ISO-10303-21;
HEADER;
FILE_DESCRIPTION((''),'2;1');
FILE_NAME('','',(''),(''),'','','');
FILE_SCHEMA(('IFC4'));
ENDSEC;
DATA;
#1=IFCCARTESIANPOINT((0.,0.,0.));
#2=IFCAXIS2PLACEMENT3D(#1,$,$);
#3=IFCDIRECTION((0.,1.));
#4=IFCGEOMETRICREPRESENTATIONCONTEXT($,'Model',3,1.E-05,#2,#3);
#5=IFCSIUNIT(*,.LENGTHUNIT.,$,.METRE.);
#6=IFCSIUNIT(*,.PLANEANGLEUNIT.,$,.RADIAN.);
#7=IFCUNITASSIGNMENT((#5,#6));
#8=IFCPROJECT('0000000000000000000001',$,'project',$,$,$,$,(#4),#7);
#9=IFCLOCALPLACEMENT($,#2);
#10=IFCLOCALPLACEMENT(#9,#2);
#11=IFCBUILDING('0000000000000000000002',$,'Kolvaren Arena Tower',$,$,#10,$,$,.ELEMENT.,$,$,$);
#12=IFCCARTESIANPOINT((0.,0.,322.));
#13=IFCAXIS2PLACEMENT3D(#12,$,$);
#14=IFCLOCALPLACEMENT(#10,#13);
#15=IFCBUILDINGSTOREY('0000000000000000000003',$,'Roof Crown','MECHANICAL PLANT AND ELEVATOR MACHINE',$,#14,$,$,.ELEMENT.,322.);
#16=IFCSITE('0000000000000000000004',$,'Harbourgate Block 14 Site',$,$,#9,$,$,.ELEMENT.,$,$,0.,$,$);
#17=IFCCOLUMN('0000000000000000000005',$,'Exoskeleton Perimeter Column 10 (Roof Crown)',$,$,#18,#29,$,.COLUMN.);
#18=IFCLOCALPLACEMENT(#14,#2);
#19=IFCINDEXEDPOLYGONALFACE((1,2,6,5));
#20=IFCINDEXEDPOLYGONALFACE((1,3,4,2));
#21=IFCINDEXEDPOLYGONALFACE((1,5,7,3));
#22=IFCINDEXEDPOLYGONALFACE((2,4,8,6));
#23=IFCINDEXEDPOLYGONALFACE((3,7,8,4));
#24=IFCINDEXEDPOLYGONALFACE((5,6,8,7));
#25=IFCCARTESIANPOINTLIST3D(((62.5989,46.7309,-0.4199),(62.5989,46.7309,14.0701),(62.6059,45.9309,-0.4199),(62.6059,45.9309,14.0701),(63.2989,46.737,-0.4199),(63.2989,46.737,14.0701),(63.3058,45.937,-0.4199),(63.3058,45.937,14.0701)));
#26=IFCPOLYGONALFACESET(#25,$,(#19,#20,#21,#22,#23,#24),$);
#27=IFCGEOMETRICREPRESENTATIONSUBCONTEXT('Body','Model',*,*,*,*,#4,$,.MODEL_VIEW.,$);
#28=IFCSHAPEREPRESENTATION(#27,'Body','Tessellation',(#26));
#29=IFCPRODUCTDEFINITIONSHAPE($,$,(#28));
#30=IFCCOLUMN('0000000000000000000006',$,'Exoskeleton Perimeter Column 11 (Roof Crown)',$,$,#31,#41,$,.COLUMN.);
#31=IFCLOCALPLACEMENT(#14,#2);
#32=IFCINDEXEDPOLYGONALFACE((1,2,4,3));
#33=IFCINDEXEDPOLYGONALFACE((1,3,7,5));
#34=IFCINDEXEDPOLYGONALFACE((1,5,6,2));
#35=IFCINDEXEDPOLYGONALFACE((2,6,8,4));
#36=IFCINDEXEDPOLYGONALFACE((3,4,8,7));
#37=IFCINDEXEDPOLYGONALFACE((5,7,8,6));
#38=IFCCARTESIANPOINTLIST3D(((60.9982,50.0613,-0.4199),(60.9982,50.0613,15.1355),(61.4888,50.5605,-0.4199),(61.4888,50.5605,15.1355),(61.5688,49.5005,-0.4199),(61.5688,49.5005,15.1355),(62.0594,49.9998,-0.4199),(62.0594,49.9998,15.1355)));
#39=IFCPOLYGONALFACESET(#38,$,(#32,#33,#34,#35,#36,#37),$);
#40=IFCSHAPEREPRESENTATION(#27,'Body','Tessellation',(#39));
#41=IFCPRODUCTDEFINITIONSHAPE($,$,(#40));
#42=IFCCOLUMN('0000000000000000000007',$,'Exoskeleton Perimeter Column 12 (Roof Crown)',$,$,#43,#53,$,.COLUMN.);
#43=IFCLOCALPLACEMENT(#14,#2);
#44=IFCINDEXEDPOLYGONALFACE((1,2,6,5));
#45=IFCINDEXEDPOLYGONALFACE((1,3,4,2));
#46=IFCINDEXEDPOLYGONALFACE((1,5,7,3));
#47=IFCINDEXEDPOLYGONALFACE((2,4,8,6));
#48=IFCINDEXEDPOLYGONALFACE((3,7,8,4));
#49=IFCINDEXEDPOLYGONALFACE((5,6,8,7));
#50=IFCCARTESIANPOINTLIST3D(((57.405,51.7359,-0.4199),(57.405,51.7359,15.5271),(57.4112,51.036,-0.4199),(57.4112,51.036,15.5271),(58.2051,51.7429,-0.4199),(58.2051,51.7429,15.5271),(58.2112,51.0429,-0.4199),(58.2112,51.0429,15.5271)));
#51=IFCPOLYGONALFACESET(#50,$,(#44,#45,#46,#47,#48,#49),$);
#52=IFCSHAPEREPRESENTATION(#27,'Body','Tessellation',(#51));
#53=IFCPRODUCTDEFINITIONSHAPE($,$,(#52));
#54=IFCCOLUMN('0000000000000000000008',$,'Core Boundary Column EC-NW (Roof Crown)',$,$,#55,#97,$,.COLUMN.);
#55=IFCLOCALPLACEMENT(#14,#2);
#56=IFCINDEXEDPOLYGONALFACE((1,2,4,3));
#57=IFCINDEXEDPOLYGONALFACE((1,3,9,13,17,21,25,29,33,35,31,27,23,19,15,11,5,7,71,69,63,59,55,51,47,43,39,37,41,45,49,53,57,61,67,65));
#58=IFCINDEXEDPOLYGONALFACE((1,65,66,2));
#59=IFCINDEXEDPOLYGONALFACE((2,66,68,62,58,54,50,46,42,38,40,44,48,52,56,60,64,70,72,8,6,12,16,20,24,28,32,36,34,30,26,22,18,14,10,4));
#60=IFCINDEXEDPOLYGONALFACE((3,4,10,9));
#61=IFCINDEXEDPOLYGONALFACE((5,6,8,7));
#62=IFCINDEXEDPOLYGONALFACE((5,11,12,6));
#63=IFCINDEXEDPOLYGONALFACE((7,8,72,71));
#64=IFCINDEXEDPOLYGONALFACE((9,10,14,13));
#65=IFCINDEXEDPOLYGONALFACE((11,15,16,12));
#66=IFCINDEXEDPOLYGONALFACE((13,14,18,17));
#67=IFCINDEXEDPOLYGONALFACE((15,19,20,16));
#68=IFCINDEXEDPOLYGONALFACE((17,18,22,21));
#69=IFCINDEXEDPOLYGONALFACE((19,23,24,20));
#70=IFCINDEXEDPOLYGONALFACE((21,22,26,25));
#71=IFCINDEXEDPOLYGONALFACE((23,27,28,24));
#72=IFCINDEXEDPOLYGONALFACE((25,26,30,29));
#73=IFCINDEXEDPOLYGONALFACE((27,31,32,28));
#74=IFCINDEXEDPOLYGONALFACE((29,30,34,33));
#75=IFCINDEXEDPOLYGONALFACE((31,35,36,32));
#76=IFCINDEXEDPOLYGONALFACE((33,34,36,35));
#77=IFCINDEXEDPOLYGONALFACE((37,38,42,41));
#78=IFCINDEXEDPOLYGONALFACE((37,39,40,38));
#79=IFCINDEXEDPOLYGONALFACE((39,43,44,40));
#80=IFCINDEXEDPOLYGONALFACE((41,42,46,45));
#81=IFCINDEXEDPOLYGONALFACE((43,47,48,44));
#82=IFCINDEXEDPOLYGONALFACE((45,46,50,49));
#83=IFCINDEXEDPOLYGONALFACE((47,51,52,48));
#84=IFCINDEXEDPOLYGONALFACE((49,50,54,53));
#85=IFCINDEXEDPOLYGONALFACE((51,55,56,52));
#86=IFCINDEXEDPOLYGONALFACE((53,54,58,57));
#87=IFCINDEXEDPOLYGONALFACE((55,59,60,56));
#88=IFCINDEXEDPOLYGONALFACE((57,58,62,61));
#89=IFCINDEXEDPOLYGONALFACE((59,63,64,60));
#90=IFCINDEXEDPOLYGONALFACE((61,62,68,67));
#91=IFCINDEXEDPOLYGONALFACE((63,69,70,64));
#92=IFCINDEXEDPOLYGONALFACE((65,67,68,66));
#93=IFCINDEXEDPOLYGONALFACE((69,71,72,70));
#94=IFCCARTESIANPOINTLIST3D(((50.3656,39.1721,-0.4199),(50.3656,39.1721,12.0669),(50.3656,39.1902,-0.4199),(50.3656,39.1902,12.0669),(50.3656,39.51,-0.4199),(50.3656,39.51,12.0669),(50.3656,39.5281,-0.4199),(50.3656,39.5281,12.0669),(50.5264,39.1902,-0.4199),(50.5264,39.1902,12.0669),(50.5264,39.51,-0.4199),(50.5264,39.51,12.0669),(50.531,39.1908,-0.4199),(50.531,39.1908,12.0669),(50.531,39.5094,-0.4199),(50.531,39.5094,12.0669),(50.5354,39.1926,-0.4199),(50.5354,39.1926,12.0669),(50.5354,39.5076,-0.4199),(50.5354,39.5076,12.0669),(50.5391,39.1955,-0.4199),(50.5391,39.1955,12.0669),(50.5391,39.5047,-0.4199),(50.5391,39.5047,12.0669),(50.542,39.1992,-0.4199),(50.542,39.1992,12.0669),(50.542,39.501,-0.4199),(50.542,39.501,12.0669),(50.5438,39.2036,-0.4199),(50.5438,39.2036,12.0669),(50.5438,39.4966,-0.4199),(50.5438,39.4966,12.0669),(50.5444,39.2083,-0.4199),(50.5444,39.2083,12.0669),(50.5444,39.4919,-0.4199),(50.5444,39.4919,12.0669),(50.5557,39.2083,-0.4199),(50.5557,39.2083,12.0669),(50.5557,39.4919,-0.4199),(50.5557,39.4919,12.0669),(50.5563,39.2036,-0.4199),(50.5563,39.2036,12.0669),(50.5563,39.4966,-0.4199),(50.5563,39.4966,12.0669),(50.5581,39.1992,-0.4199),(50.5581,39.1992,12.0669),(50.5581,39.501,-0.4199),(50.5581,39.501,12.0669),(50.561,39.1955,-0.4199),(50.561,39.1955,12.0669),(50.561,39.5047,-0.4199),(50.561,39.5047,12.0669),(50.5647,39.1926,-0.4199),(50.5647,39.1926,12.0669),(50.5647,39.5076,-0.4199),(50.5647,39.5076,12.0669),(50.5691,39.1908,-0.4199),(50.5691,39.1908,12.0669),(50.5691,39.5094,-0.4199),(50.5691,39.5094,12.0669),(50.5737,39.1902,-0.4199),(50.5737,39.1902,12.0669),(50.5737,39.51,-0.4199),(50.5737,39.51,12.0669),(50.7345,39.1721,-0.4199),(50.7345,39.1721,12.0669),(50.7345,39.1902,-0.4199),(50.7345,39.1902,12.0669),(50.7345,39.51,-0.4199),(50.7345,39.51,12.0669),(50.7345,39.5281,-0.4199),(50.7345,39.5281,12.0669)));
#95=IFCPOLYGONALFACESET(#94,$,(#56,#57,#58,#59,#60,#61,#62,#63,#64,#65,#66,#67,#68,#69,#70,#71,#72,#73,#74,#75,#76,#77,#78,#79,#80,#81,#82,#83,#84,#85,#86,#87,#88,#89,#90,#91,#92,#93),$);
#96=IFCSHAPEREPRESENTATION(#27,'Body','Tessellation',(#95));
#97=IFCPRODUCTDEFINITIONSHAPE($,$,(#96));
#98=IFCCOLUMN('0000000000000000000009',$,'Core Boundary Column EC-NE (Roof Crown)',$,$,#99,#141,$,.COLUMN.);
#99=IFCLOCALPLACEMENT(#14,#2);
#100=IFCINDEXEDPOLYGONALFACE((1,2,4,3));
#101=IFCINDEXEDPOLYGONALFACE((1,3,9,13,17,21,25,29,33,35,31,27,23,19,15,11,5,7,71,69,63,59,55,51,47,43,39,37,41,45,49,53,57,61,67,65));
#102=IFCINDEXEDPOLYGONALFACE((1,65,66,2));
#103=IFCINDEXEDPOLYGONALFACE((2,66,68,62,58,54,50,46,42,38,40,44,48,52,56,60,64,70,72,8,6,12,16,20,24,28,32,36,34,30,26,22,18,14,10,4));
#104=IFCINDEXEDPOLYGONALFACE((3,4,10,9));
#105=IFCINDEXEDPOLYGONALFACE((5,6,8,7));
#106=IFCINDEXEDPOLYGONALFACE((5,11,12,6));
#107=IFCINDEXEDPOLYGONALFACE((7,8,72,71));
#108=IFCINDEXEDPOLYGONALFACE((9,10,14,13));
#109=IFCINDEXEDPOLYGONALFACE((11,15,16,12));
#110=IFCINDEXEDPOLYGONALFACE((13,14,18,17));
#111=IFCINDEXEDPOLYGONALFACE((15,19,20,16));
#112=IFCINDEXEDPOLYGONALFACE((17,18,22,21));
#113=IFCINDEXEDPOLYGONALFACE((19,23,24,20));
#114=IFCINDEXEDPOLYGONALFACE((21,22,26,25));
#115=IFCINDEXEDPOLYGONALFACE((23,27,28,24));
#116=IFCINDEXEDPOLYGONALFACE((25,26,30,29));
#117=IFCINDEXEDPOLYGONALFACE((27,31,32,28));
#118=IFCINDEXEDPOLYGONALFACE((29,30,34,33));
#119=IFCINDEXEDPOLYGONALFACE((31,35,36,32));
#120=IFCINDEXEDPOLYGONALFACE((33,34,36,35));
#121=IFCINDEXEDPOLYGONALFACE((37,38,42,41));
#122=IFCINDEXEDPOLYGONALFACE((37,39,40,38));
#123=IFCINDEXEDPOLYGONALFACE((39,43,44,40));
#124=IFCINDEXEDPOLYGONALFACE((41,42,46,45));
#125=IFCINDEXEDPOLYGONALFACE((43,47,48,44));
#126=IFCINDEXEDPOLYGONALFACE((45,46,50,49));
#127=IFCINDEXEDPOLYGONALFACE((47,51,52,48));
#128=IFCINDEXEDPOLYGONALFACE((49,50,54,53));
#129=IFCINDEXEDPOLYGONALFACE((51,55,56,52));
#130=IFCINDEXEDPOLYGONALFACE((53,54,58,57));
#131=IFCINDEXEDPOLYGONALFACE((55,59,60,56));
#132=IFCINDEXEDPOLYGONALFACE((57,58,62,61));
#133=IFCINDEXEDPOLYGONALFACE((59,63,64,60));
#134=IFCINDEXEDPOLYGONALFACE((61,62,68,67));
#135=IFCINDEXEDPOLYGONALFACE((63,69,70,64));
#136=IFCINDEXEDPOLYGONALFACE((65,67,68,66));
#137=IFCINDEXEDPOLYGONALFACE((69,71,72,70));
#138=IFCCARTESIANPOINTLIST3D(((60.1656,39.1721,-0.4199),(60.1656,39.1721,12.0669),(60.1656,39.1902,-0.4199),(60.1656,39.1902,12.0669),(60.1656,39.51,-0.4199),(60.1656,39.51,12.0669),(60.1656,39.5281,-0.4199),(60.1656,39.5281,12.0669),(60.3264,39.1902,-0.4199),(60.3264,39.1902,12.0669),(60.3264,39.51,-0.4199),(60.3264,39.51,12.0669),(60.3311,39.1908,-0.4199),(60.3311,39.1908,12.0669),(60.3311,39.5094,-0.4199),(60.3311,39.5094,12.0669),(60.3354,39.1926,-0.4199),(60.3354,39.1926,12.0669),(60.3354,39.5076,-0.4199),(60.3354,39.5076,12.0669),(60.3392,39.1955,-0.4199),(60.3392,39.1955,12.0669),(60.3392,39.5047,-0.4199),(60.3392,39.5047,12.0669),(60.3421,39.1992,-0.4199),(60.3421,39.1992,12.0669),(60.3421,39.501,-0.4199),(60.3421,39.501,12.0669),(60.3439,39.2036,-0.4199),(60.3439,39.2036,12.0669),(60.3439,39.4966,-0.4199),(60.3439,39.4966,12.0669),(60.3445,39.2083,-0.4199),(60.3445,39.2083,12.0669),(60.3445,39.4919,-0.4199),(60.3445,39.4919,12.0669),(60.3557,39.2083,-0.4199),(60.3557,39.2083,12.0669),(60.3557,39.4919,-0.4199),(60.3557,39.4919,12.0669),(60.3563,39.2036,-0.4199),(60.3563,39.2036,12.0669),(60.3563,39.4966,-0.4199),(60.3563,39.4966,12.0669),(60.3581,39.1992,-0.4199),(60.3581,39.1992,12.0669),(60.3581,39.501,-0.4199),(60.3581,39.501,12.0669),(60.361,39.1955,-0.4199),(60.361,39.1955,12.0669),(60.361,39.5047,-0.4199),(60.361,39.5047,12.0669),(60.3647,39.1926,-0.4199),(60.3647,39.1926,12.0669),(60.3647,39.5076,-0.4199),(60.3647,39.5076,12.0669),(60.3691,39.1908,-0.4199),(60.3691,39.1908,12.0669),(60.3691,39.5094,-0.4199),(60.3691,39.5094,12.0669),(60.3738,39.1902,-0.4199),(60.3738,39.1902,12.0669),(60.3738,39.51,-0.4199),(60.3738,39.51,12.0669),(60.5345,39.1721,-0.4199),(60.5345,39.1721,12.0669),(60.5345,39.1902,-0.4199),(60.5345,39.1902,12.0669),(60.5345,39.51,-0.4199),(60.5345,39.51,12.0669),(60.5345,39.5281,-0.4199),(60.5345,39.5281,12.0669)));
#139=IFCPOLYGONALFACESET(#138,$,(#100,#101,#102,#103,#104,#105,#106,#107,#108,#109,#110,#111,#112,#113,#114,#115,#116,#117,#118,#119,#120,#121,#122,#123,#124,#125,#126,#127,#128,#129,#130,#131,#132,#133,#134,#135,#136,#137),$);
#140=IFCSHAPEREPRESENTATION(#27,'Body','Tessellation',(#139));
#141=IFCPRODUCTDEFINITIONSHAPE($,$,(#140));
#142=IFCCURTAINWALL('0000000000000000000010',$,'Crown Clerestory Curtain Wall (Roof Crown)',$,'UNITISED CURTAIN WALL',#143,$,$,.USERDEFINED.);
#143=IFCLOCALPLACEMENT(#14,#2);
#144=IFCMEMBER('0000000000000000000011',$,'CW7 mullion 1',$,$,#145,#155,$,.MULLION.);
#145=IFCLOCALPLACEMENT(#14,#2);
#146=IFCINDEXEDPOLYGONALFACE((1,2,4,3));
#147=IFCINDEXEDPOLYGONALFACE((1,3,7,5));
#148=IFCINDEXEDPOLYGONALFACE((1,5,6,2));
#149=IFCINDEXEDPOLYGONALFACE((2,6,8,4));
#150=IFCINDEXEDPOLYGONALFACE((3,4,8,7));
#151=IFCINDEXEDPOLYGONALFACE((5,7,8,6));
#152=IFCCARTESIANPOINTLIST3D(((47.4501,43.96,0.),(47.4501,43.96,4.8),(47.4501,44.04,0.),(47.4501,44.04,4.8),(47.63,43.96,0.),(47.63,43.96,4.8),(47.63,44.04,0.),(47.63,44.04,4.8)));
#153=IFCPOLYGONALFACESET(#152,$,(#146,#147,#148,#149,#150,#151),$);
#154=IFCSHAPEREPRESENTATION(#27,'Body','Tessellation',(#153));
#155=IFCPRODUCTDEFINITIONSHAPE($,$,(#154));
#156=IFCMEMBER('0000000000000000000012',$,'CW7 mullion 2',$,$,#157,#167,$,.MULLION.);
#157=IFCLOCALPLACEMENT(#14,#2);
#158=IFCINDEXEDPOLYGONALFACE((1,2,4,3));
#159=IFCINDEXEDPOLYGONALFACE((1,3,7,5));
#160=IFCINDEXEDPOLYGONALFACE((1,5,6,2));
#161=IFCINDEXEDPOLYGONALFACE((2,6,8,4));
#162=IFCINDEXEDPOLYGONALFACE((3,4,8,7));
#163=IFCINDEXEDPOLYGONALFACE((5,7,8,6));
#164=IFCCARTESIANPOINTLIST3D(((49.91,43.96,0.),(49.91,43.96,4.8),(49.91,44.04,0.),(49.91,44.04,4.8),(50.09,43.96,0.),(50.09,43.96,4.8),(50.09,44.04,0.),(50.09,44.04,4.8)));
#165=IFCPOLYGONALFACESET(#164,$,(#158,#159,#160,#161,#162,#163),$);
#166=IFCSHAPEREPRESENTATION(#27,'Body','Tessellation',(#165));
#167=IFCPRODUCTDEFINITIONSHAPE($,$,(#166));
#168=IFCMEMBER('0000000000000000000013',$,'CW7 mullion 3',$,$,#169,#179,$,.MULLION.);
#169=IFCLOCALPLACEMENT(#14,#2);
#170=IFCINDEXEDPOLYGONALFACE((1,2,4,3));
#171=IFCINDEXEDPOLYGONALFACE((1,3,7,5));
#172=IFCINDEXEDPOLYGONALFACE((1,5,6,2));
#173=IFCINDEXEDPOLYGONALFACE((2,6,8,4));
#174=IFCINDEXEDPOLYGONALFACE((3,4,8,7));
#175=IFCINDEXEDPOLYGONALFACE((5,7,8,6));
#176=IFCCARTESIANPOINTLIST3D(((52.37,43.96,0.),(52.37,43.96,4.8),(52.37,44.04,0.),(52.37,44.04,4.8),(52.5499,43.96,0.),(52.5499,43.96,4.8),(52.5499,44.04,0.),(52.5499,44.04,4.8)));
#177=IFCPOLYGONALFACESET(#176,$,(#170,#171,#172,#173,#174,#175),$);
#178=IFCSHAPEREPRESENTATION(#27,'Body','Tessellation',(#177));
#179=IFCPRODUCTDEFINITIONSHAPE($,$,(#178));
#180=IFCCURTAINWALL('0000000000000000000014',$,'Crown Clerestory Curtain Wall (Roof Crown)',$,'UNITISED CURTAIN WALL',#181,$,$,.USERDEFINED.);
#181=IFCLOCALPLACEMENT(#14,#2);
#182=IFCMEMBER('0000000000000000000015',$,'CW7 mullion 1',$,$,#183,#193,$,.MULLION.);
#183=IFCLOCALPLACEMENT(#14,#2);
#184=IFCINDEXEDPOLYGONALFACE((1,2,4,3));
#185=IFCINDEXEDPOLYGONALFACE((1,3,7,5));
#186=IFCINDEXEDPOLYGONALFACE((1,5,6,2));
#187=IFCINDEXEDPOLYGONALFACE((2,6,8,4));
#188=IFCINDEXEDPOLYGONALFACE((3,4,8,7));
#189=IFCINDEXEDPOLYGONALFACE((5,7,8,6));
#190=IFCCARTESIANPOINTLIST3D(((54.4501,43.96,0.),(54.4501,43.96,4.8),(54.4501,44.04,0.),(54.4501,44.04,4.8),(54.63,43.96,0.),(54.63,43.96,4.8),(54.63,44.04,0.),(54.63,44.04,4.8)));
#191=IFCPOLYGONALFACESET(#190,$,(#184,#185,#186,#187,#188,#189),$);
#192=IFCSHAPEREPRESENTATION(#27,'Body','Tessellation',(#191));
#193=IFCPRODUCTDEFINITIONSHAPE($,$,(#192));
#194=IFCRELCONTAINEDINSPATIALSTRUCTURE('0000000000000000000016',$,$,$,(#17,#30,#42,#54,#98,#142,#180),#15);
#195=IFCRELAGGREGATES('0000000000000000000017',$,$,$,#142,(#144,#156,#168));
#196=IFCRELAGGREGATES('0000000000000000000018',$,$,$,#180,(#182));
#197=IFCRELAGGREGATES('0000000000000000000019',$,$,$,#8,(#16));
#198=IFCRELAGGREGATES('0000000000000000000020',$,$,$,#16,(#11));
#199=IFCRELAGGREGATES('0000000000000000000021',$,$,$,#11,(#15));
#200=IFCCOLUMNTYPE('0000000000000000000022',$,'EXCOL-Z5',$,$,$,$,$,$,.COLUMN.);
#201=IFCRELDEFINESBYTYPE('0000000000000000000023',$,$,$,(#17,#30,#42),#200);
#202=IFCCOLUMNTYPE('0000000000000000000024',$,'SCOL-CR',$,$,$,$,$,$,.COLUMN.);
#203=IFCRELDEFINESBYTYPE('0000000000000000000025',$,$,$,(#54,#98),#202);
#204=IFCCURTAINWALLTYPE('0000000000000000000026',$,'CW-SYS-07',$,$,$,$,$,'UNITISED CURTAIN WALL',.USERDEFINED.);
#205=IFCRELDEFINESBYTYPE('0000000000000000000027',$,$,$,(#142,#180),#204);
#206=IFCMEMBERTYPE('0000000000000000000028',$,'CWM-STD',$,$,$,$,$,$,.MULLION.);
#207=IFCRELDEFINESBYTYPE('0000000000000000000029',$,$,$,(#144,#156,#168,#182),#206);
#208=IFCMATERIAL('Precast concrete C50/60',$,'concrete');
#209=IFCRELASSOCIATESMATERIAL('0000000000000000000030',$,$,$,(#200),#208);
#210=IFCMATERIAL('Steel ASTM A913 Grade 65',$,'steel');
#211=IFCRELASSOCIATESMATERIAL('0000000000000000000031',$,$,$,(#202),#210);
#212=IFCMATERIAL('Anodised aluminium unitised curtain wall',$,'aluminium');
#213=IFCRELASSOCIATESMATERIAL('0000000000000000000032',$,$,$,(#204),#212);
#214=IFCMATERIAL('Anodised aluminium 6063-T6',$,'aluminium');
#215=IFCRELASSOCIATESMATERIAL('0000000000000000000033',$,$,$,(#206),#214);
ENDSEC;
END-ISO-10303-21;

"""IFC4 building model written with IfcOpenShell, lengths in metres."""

from ifc_helpers import new_model, si_unit, direction, frame, origin, origin_2d, place, context, subcontext, project, spatial, rectangle, i_section, extrude, material, material_profile, profile_set, type_object, element, aggregate, save


model = new_model("IFC4")

# Units and contexts
model_context = context("Model", 3, precision=1e-05, world=origin(), true_north=direction((0.0, 1.0)))
body_context = subcontext(model_context, "Body", "Model", "MODEL_VIEW")
ifc_project = project(units=[si_unit("LENGTHUNIT", "METRE"), si_unit("PLANEANGLEUNIT", "RADIAN")], contexts=[model_context])

# Site, building, storey
site_placement = place(None, origin())
site = spatial("IfcSite", under=ifc_project, at=site_placement, Name="Harbourgate Block 14 Site", CompositionType="ELEMENT", RefElevation=0.0)
building_placement = place(site_placement, origin())
building = spatial("IfcBuilding", under=site, at=building_placement, Name="Kolvaren Arena Tower", CompositionType="ELEMENT")
storey_placement = place(building_placement, frame((0.0, 0.0, 322.0)))
storey = spatial("IfcBuildingStorey", under=building, at=storey_placement, Name="Roof Crown", Description="MECHANICAL PLANT AND ELEVATOR MACHINE", CompositionType="ELEMENT", Elevation=322.0)

# Columns
ifc_material_1 = material(Name="Precast concrete C50/60", Category="concrete")
ifc_material_profile_1 = material_profile(ifc_material_1, rectangle(XDim=0.8, YDim=0.7, at=origin_2d()), Name="RC-800x700")
ifc_profile_set_1 = profile_set([ifc_material_profile_1], Name="Precast concrete C50/60")
column_type_1 = type_object("IfcColumnType", Name="EXCOL-Z5", PredefinedType="COLUMN", material=ifc_profile_set_1)
column_1_placement = place(storey_placement, frame((62.9524, 46.334, -0.4199), z_axis=(0.0, 0.0, 1.0), x_axis=(-0.008727, 0.999962, 0.0)))
element("IfcColumn", 1, at=column_1_placement, inside=storey, type_object=column_type_1, Name="Exoskeleton Perimeter Column 10 (Roof Crown)", PredefinedType="COLUMN", context=body_context, shape_type="SweptSolid", body=[
    extrude(rectangle(XDim=0.8, YDim=0.7, at=origin_2d()), origin(), (0.0, 0.0, 1.0), 14.49),
])
column_2_placement = place(storey_placement, frame((61.5288, 50.0305, -0.4199), z_axis=(0.0, 0.0, 1.0), x_axis=(-0.71325, 0.700909, 0.0)))
element("IfcColumn", 2, at=column_2_placement, inside=storey, type_object=column_type_1, Name="Exoskeleton Perimeter Column 11 (Roof Crown)", PredefinedType="COLUMN", context=body_context, shape_type="SweptSolid", body=[
    extrude(rectangle(XDim=0.8, YDim=0.7, at=origin_2d()), origin(), (0.0, 0.0, 1.0), 15.5554),
])
column_3_placement = place(storey_placement, frame((57.8081, 51.3894, -0.4199), z_axis=(0.0, 0.0, 1.0), x_axis=(0.999962, 0.008727, 0.0)))
element("IfcColumn", 3, at=column_3_placement, inside=storey, type_object=column_type_1, Name="Exoskeleton Perimeter Column 12 (Roof Crown)", PredefinedType="COLUMN", context=body_context, shape_type="SweptSolid", body=[
    extrude(rectangle(XDim=0.8, YDim=0.7, at=origin_2d()), origin(), (0.0, 0.0, 1.0), 15.947),
])
ifc_material_2 = material(Name="Steel ASTM A913 Grade 65", Category="steel")
ifc_material_profile_2 = material_profile(ifc_material_2, i_section(OverallWidth=0.3689, OverallDepth=0.356, WebThickness=0.0112, FlangeThickness=0.0181, FilletRadius=0.0181, at=origin_2d()), Name="W360x134")
ifc_profile_set_2 = profile_set([ifc_material_profile_2], Name="Steel ASTM A913 Grade 65")
column_type_2 = type_object("IfcColumnType", Name="SCOL-CR", PredefinedType="COLUMN", material=ifc_profile_set_2)
for number, where, z_axis, x_axis, name in (
    (4, (50.55, 39.3501, -0.4199), (0.0, 0.0, 1.0), (1.0, 0.0, 0.0), "Core Boundary Column EC-NW (Roof Crown)"),
    (5, (60.3501, 39.3501, -0.4199), (0.0, 0.0, 1.0), (1.0, 0.0, 0.0), "Core Boundary Column EC-NE (Roof Crown)"),
):
    element("IfcColumn", number, at=place(storey_placement, frame(where, z_axis=z_axis, x_axis=x_axis)), inside=storey, type_object=column_type_2, Name=name, PredefinedType="COLUMN", context=body_context, shape_type="SweptSolid", body=[
        extrude(i_section(OverallWidth=0.3689, OverallDepth=0.356, WebThickness=0.0112, FlangeThickness=0.0181, FilletRadius=0.0181, at=origin_2d()), origin(), (0.0, 0.0, 1.0), 12.4868),
    ])

# Curtain walls, members
ifc_material_3 = material(Name="Anodised aluminium unitised curtain wall", Category="aluminium")
curtain_wall_type = type_object("IfcCurtainWallType", Name="CW-SYS-07", ElementType="UNITISED CURTAIN WALL", PredefinedType="USERDEFINED", material=ifc_material_3)
curtain_wall_1_placement = place(storey_placement, origin())
curtain_wall_1 = element("IfcCurtainWall", 6, at=curtain_wall_1_placement, inside=storey, type_object=curtain_wall_type, Name="Crown Clerestory Curtain Wall (Roof Crown)", ObjectType="UNITISED CURTAIN WALL", PredefinedType="USERDEFINED")
ifc_material_4 = material(Name="Anodised aluminium 6063-T6", Category="aluminium")
ifc_material_profile_3 = material_profile(ifc_material_4, rectangle(XDim=0.0801, YDim=0.1799, at=origin_2d()), Name="ALU-80x180")
ifc_profile_set_3 = profile_set([ifc_material_profile_3], Name="Anodised aluminium 6063-T6")
member_type_1 = type_object("IfcMemberType", Name="CWM-STD", PredefinedType="MULLION", material=ifc_profile_set_3)
member_1_placement = place(storey_placement, frame((47.54, 44.0, 0.0), z_axis=(0.0, 0.0, 1.0), x_axis=(0.0, 1.0, 0.0)))
member_1 = element("IfcMember", 7, at=member_1_placement, type_object=member_type_1, Name="CW7 mullion 1", PredefinedType="MULLION", context=body_context, shape_type="SweptSolid", body=[
    extrude(rectangle(XDim=0.0801, YDim=0.1799, at=origin_2d()), origin(), (0.0, 0.0, 1.0), 4.8),
])
member_2_placement = place(storey_placement, frame((50.0, 44.0, 0.0), z_axis=(0.0, 0.0, 1.0), x_axis=(0.0, 1.0, 0.0)))
member_2 = element("IfcMember", 8, at=member_2_placement, type_object=member_type_1, Name="CW7 mullion 2", PredefinedType="MULLION", context=body_context, shape_type="SweptSolid", body=[
    extrude(rectangle(XDim=0.0801, YDim=0.1799, at=origin_2d()), origin(), (0.0, 0.0, 1.0), 4.8),
])
member_3_placement = place(storey_placement, frame((52.46, 44.0, 0.0), z_axis=(0.0, 0.0, 1.0), x_axis=(0.0, 1.0, 0.0)))
member_3 = element("IfcMember", 9, at=member_3_placement, type_object=member_type_1, Name="CW7 mullion 3", PredefinedType="MULLION", context=body_context, shape_type="SweptSolid", body=[
    extrude(rectangle(XDim=0.0801, YDim=0.1799, at=origin_2d()), origin(), (0.0, 0.0, 1.0), 4.8),
])
curtain_wall_2_placement = place(storey_placement, origin())
curtain_wall_2 = element("IfcCurtainWall", 10, at=curtain_wall_2_placement, inside=storey, type_object=curtain_wall_type, Name="Crown Clerestory Curtain Wall (Roof Crown)", ObjectType="UNITISED CURTAIN WALL", PredefinedType="USERDEFINED")
member_4_placement = place(storey_placement, frame((54.54, 44.0, 0.0), z_axis=(0.0, 0.0, 1.0), x_axis=(0.0, 1.0, 0.0)))
member_4 = element("IfcMember", 11, at=member_4_placement, type_object=member_type_1, Name="CW7 mullion 1", PredefinedType="MULLION", context=body_context, shape_type="SweptSolid", body=[
    extrude(rectangle(XDim=0.0801, YDim=0.1799, at=origin_2d()), origin(), (0.0, 0.0, 1.0), 4.8),
])

aggregate(curtain_wall_1, [member_1, member_2, member_3])
aggregate(curtain_wall_2, [member_4])

save(model, "model.ifc")
